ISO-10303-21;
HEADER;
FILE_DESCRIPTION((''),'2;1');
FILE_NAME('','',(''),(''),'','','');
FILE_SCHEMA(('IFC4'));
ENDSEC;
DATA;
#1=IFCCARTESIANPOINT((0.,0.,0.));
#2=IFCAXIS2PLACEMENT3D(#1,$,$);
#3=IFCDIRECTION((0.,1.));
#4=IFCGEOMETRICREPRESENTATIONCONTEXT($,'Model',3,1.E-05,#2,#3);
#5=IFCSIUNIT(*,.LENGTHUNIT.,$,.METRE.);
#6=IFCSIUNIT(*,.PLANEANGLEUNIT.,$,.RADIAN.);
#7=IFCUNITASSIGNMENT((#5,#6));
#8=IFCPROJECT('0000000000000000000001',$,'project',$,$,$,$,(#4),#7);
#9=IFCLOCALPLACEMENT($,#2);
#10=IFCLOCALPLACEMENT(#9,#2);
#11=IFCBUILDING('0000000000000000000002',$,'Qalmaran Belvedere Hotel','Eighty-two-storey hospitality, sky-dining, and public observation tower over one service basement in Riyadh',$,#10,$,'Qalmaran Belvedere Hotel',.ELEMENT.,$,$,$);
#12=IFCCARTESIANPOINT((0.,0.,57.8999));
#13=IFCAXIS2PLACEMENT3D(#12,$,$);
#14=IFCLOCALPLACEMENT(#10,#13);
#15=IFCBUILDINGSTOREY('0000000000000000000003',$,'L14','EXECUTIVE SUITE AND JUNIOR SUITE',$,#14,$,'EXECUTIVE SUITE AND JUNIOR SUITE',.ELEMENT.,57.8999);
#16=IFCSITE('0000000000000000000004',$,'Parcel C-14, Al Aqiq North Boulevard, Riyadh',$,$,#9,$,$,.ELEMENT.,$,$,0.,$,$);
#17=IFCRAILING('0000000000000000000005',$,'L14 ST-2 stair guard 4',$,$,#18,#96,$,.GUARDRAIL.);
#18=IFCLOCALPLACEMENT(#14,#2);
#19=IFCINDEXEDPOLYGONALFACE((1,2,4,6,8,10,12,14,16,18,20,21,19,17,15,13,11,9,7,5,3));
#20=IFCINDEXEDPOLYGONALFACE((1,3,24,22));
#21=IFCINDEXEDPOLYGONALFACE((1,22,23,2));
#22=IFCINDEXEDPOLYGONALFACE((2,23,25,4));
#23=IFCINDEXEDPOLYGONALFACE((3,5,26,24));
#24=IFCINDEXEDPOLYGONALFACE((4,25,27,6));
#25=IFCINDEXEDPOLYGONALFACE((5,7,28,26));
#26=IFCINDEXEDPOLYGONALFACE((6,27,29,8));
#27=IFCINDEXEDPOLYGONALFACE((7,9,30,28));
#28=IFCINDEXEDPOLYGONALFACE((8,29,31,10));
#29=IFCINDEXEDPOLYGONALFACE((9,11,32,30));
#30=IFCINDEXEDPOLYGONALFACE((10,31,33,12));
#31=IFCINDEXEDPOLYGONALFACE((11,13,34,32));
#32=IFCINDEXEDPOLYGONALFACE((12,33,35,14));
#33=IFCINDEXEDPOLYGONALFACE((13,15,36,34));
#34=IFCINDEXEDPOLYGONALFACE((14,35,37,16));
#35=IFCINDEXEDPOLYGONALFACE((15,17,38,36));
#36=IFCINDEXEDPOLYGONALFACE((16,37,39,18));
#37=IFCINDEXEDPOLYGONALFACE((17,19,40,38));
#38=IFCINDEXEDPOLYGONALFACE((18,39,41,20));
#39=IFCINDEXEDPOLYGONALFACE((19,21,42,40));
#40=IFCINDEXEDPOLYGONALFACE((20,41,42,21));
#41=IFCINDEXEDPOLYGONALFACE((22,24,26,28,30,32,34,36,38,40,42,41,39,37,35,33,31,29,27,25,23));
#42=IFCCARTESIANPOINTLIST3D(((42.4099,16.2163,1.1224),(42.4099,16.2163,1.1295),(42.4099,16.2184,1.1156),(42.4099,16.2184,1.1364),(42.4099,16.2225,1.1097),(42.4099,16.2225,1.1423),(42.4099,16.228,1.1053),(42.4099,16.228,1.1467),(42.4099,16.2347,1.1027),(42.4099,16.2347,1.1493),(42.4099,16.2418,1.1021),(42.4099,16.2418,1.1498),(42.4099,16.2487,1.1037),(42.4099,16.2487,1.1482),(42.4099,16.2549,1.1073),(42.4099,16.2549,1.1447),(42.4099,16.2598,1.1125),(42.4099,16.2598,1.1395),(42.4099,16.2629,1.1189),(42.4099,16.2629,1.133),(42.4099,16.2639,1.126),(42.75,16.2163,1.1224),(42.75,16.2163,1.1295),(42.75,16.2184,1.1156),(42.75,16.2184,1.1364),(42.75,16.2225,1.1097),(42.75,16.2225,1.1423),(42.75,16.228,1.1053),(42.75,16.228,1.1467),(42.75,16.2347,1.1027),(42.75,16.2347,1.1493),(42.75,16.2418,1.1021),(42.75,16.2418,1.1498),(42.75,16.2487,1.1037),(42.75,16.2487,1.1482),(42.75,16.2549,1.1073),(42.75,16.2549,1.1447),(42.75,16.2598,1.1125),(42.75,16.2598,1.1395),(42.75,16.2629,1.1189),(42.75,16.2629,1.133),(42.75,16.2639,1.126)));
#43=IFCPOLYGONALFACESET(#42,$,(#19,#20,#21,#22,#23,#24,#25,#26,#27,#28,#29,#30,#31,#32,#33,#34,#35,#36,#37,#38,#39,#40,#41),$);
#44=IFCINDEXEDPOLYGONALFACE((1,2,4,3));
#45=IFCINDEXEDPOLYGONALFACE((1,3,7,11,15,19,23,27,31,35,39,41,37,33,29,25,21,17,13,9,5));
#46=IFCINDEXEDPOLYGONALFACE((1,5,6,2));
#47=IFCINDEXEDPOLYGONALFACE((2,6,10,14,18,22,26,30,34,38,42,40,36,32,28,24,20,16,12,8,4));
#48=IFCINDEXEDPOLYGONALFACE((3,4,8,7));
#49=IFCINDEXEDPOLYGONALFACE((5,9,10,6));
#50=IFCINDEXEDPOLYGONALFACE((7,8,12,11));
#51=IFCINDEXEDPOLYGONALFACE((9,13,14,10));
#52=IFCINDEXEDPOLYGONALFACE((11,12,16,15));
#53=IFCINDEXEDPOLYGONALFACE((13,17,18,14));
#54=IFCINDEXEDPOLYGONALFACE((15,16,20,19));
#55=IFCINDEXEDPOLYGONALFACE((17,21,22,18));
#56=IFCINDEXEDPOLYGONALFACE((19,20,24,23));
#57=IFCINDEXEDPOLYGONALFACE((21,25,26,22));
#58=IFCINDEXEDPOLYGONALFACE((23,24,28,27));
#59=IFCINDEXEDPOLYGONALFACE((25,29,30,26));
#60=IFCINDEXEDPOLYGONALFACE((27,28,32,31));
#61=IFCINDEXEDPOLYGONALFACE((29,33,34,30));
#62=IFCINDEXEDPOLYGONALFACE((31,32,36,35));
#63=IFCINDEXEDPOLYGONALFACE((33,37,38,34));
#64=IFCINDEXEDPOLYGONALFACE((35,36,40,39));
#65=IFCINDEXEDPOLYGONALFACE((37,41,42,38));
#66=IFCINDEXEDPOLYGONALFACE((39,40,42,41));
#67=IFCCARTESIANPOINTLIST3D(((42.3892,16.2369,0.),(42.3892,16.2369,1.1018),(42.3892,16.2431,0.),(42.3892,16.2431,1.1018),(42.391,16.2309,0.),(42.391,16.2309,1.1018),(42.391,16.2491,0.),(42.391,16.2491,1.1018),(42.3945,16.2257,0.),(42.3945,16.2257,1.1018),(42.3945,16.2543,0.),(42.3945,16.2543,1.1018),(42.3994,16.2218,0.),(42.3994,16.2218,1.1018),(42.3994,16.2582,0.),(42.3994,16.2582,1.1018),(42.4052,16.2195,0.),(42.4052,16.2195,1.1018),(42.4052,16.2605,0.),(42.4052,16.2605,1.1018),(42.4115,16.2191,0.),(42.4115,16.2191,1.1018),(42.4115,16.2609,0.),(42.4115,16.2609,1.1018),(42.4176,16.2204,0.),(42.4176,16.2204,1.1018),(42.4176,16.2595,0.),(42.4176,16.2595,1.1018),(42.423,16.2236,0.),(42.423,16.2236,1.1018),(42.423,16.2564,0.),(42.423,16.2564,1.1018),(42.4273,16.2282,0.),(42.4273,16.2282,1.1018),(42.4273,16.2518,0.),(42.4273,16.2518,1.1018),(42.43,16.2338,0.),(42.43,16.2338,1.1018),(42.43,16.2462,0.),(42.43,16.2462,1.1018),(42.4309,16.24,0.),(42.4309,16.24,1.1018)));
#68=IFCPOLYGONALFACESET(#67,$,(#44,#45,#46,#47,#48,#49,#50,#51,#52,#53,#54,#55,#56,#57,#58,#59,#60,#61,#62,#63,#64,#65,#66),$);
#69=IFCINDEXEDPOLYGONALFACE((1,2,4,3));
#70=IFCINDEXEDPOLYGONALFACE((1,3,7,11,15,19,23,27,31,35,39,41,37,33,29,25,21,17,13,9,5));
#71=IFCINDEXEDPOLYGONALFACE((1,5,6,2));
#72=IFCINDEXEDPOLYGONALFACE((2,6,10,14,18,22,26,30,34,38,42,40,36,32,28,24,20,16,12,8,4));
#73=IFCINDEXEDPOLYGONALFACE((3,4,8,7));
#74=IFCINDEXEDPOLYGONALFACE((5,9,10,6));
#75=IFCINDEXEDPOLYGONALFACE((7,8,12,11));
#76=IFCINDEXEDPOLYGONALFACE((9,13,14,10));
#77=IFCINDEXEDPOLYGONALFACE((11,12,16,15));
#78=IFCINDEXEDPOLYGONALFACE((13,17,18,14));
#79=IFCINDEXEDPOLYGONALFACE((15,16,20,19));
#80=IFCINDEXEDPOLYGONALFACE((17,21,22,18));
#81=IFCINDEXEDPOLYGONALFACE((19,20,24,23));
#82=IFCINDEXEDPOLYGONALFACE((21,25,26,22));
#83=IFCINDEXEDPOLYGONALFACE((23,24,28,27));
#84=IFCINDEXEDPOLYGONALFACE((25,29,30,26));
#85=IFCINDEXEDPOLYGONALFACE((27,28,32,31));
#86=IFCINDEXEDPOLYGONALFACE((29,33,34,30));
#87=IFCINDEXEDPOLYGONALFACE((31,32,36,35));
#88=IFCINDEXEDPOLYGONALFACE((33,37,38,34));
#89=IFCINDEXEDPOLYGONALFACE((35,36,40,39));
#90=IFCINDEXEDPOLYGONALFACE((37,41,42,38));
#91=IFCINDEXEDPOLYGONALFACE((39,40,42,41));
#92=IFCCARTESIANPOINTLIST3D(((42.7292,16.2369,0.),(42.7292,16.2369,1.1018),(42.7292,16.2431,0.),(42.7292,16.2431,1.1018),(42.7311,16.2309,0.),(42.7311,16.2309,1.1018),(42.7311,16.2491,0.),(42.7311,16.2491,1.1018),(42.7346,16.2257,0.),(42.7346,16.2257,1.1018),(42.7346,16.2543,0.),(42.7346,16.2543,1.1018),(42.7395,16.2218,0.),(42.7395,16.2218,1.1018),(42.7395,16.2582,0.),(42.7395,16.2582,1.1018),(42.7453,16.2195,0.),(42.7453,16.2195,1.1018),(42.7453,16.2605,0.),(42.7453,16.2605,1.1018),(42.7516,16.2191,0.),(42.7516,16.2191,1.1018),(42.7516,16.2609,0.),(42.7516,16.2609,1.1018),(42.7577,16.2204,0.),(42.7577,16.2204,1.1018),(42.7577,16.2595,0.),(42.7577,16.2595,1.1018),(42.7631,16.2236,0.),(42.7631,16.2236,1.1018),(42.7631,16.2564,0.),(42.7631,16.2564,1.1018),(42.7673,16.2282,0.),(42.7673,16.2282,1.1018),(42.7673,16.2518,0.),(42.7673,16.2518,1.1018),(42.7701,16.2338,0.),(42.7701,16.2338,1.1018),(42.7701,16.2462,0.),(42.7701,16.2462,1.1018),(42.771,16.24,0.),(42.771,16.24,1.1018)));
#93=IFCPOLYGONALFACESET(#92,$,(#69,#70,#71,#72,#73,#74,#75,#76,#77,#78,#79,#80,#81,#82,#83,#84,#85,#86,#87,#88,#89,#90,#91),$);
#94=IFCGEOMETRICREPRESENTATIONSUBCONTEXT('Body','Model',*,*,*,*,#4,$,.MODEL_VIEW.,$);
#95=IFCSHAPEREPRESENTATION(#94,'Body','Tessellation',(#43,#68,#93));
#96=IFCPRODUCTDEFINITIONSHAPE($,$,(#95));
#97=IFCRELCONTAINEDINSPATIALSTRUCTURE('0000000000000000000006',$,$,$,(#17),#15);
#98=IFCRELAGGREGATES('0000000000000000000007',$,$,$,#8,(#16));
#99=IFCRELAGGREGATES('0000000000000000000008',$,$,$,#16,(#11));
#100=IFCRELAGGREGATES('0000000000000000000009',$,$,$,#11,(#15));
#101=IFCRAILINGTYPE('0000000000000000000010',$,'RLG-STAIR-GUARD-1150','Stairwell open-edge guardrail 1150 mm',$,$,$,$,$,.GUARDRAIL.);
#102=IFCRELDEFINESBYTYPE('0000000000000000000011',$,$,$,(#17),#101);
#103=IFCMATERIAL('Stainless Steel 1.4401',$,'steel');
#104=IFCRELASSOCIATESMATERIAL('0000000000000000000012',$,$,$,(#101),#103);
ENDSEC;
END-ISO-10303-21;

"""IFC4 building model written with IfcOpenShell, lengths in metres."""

from ifc_helpers import new_model, si_unit, direction, frame, origin, origin_2d, place, context, subcontext, project, spatial, circle, extrude, material, type_object, element, save


model = new_model("IFC4")

# Units and contexts
model_context = context("Model", 3, precision=1e-05, world=origin(), true_north=direction((0.0, 1.0)))
body_context = subcontext(model_context, "Body", "Model", "MODEL_VIEW")
ifc_project = project(units=[si_unit("LENGTHUNIT", "METRE"), si_unit("PLANEANGLEUNIT", "RADIAN")], contexts=[model_context])

# Site, building, storey
site_placement = place(None, origin())
site = spatial("IfcSite", under=ifc_project, at=site_placement, Name="Parcel C-14, Al Aqiq North Boulevard, Riyadh", CompositionType="ELEMENT", RefElevation=0.0)
building_placement = place(site_placement, origin())
building = spatial("IfcBuilding", under=site, at=building_placement, Name="Qalmaran Belvedere Hotel", Description="Eighty-two-storey hospitality, sky-dining, and public observation tower over one service basement in Riyadh", LongName="Qalmaran Belvedere Hotel", CompositionType="ELEMENT")
storey_placement = place(building_placement, frame((0.0, 0.0, 57.8999)))
storey = spatial("IfcBuildingStorey", under=building, at=storey_placement, Name="L14", Description="EXECUTIVE SUITE AND JUNIOR SUITE", LongName="EXECUTIVE SUITE AND JUNIOR SUITE", CompositionType="ELEMENT", Elevation=57.8999)

# Shared definitions
ifc_material_1 = material(Name="Stainless Steel 1.4401", Category="steel")

# Railing
railing_type_1 = type_object("IfcRailingType", Name="RLG-STAIR-GUARD-1150", Description="Stairwell open-edge guardrail 1150 mm", PredefinedType="GUARDRAIL", material=ifc_material_1)
railing_1_placement = place(storey_placement, frame((42.4099, 16.24, 0.0)))
element("IfcRailing", 1, at=railing_1_placement, inside=storey, type_object=railing_type_1, Name="L14 ST-2 stair guard 4", PredefinedType="GUARDRAIL", context=body_context, shape_type="SweptSolid", body=[
    extrude(circle(Radius=0.0239, at=origin_2d()), frame((0.0, 0.0, 1.126), z_axis=(1.0, 0.0, 0.0), x_axis=(0.0, 1.0, 0.0)), (0.0, 0.0, 1.0), 0.3401),
    extrude(circle(Radius=0.021, at=origin_2d()), origin(), (0.0, 0.0, 1.0), 1.1018),
    extrude(circle(Radius=0.021, at=origin_2d()), frame((0.3401, 0.0, 0.0)), (0.0, 0.0, 1.0), 1.1018),
])

save(model, "model.ifc")
